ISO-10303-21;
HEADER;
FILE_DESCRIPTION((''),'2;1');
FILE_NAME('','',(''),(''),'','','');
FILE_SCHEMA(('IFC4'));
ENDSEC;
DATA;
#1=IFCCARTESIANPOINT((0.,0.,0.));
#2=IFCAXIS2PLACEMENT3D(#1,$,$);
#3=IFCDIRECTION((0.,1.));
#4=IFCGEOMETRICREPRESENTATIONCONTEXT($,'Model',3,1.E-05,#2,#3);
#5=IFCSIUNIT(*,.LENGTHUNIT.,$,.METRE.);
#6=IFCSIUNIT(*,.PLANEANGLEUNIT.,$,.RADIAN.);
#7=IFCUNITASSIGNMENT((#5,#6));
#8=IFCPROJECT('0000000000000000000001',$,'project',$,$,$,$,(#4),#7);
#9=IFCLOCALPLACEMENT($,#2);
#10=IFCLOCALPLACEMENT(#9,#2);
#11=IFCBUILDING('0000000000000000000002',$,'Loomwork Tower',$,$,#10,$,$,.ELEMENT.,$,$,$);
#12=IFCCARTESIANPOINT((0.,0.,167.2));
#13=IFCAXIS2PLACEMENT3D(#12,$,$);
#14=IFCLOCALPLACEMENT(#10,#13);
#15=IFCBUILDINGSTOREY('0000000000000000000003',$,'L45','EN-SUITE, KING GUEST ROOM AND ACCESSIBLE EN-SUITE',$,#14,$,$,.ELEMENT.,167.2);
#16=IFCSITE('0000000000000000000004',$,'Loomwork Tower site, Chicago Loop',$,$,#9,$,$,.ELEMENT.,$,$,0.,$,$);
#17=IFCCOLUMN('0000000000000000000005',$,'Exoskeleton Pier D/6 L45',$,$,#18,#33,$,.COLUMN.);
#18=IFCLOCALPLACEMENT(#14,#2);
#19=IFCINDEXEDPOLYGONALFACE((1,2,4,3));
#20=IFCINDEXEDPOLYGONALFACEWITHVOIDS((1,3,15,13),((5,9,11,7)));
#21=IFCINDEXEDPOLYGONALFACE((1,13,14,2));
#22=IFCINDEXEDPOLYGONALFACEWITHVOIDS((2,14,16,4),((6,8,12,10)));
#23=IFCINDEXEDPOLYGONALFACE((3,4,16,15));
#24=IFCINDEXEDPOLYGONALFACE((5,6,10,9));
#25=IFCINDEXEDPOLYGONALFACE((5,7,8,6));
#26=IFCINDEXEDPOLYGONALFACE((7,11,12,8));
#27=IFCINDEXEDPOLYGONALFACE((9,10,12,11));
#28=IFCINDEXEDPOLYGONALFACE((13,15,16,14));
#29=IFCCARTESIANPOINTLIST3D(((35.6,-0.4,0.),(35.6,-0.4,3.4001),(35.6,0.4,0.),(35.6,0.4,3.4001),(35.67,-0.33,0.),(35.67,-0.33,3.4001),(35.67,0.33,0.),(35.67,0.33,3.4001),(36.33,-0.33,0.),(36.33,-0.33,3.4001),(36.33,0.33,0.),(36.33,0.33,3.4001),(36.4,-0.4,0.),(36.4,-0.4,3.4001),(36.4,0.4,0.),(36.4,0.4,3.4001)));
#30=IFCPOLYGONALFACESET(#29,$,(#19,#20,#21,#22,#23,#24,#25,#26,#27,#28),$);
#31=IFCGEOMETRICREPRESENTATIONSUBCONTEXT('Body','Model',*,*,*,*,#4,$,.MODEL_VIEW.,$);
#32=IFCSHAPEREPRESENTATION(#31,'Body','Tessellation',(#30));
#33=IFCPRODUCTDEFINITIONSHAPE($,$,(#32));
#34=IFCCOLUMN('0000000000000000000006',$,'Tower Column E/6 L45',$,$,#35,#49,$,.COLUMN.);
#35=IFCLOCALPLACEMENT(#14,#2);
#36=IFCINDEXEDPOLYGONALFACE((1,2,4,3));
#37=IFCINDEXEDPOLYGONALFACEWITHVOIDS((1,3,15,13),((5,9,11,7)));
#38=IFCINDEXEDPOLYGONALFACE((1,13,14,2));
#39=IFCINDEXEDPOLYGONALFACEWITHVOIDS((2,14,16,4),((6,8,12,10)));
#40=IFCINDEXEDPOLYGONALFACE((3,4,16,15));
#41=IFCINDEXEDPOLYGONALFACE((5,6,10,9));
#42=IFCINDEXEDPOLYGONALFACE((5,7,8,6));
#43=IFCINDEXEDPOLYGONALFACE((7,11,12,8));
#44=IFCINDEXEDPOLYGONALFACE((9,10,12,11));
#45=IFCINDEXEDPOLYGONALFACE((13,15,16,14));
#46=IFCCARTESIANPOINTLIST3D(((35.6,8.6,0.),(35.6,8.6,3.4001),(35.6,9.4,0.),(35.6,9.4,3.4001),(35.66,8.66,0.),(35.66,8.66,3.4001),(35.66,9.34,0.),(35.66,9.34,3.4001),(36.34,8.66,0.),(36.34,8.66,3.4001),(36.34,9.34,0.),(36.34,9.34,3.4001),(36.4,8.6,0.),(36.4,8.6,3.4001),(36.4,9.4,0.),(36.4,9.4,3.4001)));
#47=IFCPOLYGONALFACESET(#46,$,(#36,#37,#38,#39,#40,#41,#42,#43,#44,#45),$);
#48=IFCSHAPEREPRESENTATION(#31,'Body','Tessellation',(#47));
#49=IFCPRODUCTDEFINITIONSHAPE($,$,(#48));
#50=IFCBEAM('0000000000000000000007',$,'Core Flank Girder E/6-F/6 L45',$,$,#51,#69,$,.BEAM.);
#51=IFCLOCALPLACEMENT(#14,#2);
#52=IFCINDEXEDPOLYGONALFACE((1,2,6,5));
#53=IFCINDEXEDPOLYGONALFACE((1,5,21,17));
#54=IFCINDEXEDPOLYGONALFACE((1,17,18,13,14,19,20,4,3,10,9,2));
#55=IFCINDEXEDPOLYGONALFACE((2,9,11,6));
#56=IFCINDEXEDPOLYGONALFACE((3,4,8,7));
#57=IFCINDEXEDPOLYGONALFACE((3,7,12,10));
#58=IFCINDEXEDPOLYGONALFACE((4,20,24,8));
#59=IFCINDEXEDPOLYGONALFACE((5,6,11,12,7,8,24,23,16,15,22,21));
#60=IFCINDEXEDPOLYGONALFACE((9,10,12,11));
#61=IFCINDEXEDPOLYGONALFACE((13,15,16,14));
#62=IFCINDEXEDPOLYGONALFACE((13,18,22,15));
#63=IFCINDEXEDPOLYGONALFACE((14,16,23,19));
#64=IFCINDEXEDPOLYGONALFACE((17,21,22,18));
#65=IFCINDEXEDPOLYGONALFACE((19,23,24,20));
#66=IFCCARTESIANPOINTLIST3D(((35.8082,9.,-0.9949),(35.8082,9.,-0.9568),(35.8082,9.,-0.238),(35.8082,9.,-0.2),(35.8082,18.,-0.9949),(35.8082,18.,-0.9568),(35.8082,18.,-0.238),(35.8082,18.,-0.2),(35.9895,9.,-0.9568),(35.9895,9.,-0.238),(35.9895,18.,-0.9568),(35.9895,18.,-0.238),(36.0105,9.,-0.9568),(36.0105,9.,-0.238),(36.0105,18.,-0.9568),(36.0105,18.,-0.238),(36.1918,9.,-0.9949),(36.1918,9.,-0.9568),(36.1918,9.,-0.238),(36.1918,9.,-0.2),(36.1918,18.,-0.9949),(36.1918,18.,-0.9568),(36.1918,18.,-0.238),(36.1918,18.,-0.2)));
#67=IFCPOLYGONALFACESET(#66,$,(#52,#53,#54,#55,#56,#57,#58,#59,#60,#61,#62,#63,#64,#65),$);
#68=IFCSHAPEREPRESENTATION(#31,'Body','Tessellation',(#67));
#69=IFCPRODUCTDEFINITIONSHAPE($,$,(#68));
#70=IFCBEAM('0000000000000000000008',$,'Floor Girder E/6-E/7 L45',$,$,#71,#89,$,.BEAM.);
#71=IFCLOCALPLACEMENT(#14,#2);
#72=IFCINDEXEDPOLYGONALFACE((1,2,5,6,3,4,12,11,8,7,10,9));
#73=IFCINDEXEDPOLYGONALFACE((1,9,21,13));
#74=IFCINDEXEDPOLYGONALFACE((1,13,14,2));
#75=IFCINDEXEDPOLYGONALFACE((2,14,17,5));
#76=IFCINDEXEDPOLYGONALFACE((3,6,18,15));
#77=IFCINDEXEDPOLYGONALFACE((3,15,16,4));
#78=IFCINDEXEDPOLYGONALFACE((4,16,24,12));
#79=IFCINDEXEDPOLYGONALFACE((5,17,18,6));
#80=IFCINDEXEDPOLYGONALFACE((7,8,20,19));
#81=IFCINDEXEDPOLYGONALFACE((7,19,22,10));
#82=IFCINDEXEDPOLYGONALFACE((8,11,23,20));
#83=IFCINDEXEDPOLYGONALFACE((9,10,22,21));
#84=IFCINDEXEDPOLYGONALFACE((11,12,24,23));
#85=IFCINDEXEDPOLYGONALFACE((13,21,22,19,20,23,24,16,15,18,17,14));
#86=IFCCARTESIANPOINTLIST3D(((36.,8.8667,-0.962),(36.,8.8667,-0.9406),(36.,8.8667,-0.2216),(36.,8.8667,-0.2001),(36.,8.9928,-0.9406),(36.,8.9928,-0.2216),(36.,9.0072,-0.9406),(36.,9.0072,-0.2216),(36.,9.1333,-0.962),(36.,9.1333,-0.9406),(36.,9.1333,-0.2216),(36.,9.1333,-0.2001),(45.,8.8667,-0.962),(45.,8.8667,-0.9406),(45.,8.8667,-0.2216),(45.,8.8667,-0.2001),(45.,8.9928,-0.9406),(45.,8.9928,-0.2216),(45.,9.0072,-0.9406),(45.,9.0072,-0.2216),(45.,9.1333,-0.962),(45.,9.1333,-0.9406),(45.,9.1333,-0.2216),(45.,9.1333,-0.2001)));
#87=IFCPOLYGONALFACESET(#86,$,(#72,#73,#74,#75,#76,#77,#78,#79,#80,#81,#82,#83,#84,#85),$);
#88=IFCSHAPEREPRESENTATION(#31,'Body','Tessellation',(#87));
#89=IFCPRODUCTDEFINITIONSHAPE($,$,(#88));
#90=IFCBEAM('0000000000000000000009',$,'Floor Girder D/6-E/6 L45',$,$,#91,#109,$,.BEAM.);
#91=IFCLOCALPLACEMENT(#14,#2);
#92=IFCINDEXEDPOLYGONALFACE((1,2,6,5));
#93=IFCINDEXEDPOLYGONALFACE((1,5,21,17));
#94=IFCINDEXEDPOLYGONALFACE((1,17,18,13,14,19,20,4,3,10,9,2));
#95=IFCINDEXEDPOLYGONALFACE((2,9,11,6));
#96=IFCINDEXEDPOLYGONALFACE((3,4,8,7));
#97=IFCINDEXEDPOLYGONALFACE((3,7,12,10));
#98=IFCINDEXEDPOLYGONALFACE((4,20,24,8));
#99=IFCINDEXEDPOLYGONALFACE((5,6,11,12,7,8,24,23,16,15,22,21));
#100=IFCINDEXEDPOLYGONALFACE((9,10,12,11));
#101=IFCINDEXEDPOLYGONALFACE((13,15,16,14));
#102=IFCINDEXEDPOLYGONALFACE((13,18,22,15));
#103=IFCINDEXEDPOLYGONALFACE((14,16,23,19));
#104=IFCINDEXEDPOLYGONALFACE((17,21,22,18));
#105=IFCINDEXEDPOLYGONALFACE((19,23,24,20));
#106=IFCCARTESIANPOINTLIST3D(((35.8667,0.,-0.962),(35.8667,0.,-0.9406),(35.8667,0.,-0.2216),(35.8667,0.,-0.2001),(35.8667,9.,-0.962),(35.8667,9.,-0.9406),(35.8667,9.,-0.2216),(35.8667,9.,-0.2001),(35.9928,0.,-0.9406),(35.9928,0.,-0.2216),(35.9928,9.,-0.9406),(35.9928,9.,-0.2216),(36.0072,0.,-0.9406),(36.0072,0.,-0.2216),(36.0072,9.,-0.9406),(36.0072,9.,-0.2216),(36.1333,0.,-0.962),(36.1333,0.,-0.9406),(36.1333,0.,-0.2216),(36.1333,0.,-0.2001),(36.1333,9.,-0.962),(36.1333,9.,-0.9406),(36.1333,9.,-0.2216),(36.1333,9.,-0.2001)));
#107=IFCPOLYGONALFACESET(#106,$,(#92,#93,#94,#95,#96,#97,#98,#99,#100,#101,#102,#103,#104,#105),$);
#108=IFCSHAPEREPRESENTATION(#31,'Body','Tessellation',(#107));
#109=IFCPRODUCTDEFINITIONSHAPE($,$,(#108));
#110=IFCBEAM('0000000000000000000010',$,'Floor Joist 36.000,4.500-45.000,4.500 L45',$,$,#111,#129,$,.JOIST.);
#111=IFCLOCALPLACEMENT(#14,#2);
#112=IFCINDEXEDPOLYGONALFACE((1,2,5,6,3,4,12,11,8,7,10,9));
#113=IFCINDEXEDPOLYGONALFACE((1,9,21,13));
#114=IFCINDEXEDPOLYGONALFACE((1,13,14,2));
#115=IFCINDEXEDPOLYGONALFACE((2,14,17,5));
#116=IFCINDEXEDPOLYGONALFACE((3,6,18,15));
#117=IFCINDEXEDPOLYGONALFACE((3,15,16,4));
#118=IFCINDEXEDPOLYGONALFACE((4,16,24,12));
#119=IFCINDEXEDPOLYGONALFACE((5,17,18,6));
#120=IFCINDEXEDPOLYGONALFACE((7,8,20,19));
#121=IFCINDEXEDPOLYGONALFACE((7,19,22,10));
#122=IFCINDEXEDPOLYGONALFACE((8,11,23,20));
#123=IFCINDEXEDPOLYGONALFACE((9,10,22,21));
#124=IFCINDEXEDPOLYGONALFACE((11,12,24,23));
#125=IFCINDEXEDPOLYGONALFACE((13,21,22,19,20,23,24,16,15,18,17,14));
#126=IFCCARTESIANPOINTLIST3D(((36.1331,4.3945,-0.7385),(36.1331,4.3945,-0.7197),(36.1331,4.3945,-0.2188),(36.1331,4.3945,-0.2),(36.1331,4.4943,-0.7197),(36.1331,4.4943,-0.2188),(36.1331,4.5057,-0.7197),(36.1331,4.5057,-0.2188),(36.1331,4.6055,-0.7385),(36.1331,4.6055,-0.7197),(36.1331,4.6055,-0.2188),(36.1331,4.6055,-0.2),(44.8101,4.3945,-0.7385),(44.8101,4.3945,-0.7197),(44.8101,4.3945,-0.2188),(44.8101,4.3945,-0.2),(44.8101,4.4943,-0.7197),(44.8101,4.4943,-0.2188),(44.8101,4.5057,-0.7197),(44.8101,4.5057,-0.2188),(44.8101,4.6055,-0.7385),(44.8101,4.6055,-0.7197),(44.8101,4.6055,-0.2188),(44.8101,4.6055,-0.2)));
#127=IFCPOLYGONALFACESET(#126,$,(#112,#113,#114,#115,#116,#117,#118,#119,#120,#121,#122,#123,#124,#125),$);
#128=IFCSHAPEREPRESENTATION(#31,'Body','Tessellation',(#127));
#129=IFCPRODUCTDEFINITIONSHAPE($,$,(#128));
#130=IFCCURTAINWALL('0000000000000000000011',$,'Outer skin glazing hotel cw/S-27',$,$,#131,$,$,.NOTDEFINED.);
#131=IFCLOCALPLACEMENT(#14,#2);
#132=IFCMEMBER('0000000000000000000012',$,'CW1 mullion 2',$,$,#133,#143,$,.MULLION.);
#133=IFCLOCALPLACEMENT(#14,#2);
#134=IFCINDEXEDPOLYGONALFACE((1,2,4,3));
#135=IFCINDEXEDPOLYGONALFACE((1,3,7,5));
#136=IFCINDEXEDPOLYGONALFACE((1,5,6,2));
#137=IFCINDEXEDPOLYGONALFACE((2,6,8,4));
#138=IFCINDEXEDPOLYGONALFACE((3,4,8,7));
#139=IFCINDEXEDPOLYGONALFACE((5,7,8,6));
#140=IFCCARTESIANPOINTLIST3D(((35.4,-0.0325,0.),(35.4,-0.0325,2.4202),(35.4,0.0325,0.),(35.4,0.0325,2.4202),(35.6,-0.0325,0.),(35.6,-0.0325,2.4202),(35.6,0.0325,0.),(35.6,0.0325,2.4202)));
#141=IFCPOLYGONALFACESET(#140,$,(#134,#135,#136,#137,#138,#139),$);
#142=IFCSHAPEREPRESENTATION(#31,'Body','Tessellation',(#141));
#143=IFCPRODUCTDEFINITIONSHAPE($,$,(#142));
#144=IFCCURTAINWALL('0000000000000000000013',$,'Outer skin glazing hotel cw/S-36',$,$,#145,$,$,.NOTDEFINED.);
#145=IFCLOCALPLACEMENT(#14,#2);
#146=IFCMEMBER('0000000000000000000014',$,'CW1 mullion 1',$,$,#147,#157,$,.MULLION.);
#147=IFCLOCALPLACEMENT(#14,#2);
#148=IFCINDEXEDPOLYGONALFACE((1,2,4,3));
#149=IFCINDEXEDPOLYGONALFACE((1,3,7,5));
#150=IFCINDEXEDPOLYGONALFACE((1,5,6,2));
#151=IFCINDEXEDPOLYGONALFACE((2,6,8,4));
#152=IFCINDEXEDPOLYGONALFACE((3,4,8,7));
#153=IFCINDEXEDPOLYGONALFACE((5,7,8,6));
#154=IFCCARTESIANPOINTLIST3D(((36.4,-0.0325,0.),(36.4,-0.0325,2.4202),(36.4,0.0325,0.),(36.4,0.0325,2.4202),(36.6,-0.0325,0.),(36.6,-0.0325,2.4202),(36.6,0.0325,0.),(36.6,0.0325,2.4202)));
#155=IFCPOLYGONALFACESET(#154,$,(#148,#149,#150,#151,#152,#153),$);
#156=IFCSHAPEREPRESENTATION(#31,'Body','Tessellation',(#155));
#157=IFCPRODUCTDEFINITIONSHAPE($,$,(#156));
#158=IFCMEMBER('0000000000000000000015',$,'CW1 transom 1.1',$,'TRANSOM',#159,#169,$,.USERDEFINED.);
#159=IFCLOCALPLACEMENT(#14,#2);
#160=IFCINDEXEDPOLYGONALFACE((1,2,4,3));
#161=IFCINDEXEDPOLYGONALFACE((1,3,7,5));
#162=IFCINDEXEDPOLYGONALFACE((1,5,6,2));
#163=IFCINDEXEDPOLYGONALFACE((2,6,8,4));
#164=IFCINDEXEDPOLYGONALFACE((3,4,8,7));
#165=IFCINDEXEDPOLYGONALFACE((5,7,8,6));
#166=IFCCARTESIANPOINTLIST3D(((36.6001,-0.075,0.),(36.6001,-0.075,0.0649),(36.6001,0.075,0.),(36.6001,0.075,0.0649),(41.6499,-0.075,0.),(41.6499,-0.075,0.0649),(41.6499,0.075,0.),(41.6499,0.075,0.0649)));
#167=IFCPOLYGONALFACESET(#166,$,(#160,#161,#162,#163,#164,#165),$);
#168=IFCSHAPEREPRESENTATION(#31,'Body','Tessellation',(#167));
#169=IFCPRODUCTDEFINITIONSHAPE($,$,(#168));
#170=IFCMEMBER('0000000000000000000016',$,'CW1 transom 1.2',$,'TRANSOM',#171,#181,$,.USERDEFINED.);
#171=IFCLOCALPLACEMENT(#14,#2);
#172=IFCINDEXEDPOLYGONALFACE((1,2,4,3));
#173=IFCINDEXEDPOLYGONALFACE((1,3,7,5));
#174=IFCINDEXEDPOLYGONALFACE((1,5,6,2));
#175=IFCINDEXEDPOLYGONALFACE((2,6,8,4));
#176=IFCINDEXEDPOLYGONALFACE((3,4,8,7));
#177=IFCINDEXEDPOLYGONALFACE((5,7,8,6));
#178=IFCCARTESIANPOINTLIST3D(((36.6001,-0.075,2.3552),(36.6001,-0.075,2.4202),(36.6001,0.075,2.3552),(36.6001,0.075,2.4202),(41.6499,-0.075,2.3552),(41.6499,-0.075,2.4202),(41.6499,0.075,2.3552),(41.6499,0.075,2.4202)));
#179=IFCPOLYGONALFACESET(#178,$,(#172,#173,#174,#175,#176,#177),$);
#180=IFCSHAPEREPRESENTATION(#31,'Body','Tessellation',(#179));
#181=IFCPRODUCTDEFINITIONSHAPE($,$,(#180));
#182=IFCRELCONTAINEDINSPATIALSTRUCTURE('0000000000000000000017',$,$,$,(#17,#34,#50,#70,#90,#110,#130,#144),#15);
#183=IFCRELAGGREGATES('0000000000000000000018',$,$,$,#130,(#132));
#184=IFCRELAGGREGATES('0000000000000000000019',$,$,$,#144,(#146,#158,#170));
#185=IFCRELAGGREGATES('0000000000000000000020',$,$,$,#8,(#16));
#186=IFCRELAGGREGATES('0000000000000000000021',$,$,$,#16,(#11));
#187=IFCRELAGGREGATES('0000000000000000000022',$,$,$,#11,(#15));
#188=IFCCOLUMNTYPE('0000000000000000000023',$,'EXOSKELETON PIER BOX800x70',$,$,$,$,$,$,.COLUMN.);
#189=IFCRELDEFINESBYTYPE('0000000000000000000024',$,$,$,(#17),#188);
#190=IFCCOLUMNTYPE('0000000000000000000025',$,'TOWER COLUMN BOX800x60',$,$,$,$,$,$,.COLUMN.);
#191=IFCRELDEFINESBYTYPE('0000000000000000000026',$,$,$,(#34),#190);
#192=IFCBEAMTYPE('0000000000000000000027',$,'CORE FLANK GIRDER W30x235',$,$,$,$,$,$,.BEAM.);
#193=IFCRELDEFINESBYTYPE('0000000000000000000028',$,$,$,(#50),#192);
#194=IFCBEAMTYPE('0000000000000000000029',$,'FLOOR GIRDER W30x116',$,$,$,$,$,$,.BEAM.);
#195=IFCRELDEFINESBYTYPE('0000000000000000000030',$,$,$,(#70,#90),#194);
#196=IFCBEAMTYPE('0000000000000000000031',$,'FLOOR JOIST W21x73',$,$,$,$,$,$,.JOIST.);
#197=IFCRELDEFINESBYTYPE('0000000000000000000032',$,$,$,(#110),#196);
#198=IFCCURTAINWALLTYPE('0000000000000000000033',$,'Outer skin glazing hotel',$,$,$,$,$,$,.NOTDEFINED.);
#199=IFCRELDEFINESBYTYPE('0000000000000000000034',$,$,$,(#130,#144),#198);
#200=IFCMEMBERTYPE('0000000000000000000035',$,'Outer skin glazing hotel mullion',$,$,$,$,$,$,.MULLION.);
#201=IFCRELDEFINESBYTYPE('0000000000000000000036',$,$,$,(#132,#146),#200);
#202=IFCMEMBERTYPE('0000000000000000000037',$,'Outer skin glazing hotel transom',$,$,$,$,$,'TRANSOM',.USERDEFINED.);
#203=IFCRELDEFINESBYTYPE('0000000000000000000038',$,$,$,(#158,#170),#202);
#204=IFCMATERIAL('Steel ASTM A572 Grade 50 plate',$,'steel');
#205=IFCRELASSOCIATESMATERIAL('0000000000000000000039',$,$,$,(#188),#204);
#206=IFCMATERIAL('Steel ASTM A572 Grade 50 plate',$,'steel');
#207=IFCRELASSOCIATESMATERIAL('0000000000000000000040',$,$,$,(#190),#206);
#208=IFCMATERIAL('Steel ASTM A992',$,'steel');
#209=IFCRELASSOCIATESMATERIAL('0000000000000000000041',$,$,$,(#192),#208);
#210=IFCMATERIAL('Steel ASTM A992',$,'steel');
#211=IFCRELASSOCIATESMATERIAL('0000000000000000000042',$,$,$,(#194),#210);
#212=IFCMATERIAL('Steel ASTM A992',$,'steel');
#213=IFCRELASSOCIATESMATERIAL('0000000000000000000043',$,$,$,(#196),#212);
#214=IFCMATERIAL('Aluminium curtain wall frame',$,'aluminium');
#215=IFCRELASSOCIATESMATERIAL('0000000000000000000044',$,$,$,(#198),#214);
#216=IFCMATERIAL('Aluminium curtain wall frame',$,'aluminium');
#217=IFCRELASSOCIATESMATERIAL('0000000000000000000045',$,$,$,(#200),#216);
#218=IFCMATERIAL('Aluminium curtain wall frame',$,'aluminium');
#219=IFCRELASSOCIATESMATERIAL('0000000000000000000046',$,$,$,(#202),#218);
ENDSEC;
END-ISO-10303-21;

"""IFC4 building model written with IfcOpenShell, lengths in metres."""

from ifc_helpers import new_model, si_unit, direction, frame, origin, origin_2d, place, context, subcontext, project, spatial, rectangle, hollow_rectangle, i_section, extrude, material, material_profile, profile_set, type_object, element, aggregate, save


model = new_model("IFC4")

# Units and contexts
model_context = context("Model", 3, precision=1e-05, world=origin(), true_north=direction((0.0, 1.0)))
body_context = subcontext(model_context, "Body", "Model", "MODEL_VIEW")
ifc_project = project(units=[si_unit("LENGTHUNIT", "METRE"), si_unit("PLANEANGLEUNIT", "RADIAN")], contexts=[model_context])

# Site, building, storey
site_placement = place(None, origin())
site = spatial("IfcSite", under=ifc_project, at=site_placement, Name="Loomwork Tower site, Chicago Loop", CompositionType="ELEMENT", RefElevation=0.0)
building_placement = place(site_placement, origin())
building = spatial("IfcBuilding", under=site, at=building_placement, Name="Loomwork Tower", CompositionType="ELEMENT")
storey_placement = place(building_placement, frame((0.0, 0.0, 167.2)))
storey = spatial("IfcBuildingStorey", under=building, at=storey_placement, Name="L45", Description="EN-SUITE, KING GUEST ROOM AND ACCESSIBLE EN-SUITE", CompositionType="ELEMENT", Elevation=167.2)

# Columns
ifc_material_1 = material(Name="Steel ASTM A572 Grade 50 plate", Category="steel")
ifc_material_profile_1 = material_profile(ifc_material_1, hollow_rectangle(XDim=0.8, YDim=0.8, WallThickness=0.0701, at=origin_2d()), Name="BOX800x70")
ifc_profile_set_1 = profile_set([ifc_material_profile_1], Name="Steel ASTM A572 Grade 50 plate")
column_type_1 = type_object("IfcColumnType", Name="EXOSKELETON PIER BOX800x70", PredefinedType="COLUMN", material=ifc_profile_set_1)
column_1_placement = place(storey_placement, frame((36.0, 0.0, 0.0), z_axis=(0.0, 0.0, 1.0), x_axis=(1.0, 0.0, 0.0)))
element("IfcColumn", 1, at=column_1_placement, inside=storey, type_object=column_type_1, Name="Exoskeleton Pier D/6 L45", PredefinedType="COLUMN", context=body_context, shape_type="SweptSolid", body=[
    extrude(hollow_rectangle(XDim=0.8, YDim=0.8, WallThickness=0.0701, at=origin_2d()), origin(), (0.0, 0.0, 1.0), 3.4001),
])
ifc_material_2 = material(Name="Steel ASTM A572 Grade 50 plate", Category="steel")
ifc_material_profile_2 = material_profile(ifc_material_2, hollow_rectangle(XDim=0.8, YDim=0.8, WallThickness=0.0601, at=origin_2d()), Name="BOX800x60")
ifc_profile_set_2 = profile_set([ifc_material_profile_2], Name="Steel ASTM A572 Grade 50 plate")
column_type_2 = type_object("IfcColumnType", Name="TOWER COLUMN BOX800x60", PredefinedType="COLUMN", material=ifc_profile_set_2)
column_2_placement = place(storey_placement, frame((36.0, 9.0, 0.0), z_axis=(0.0, 0.0, 1.0), x_axis=(0.0, 1.0, 0.0)))
element("IfcColumn", 2, at=column_2_placement, inside=storey, type_object=column_type_2, Name="Tower Column E/6 L45", PredefinedType="COLUMN", context=body_context, shape_type="SweptSolid", body=[
    extrude(hollow_rectangle(XDim=0.8, YDim=0.8, WallThickness=0.0601, at=origin_2d()), origin(), (0.0, 0.0, 1.0), 3.4001),
])

# Beams
ifc_material_3 = material(Name="Steel ASTM A992", Category="steel")
ifc_material_profile_3 = material_profile(ifc_material_3, i_section(OverallWidth=0.3835, OverallDepth=0.7949, WebThickness=0.021, FlangeThickness=0.0381, at=origin_2d()), Name="W30x235")
ifc_profile_set_3 = profile_set([ifc_material_profile_3], Name="Steel ASTM A992")
beam_type_1 = type_object("IfcBeamType", Name="CORE FLANK GIRDER W30x235", PredefinedType="BEAM", material=ifc_profile_set_3)
beam_1_placement = place(storey_placement, frame((36.0, 9.0, -0.5974), z_axis=(0.0, 1.0, 0.0), x_axis=(-1.0, 0.0, 0.0)))
element("IfcBeam", 3, at=beam_1_placement, inside=storey, type_object=beam_type_1, Name="Core Flank Girder E/6-F/6 L45", PredefinedType="BEAM", context=body_context, shape_type="SweptSolid", body=[
    extrude(i_section(OverallWidth=0.3835, OverallDepth=0.7949, WebThickness=0.021, FlangeThickness=0.0381, at=origin_2d()), origin(), (0.0, 0.0, 1.0), 9.0),
])
ifc_material_4 = material(Name="Steel ASTM A992", Category="steel")
ifc_material_profile_4 = material_profile(ifc_material_4, i_section(OverallWidth=0.2666, OverallDepth=0.762, WebThickness=0.0144, FlangeThickness=0.0215, at=origin_2d()), Name="W30x116")
ifc_profile_set_4 = profile_set([ifc_material_profile_4], Name="Steel ASTM A992")
beam_type_2 = type_object("IfcBeamType", Name="FLOOR GIRDER W30x116", PredefinedType="BEAM", material=ifc_profile_set_4)
for number, where, z_axis, x_axis, name in (
    (4, (36.0, 9.0, -0.5811), (1.0, 0.0, 0.0), (0.0, 1.0, 0.0), "Floor Girder E/6-E/7 L45"),
    (5, (36.0, 0.0, -0.5811), (0.0, 1.0, 0.0), (-1.0, 0.0, 0.0), "Floor Girder D/6-E/6 L45"),
):
    element("IfcBeam", number, at=place(storey_placement, frame(where, z_axis=z_axis, x_axis=x_axis)), inside=storey, type_object=beam_type_2, Name=name, PredefinedType="BEAM", context=body_context, shape_type="SweptSolid", body=[
        extrude(i_section(OverallWidth=0.2666, OverallDepth=0.762, WebThickness=0.0144, FlangeThickness=0.0215, at=origin_2d()), origin(), (0.0, 0.0, 1.0), 9.0),
    ])
ifc_material_5 = material(Name="Steel ASTM A992", Category="steel")
ifc_material_profile_5 = material_profile(ifc_material_5, i_section(OverallWidth=0.2109, OverallDepth=0.5386, WebThickness=0.0115, FlangeThickness=0.0188, at=origin_2d()), Name="W21x73")
ifc_profile_set_5 = profile_set([ifc_material_profile_5], Name="Steel ASTM A992")
beam_type_3 = type_object("IfcBeamType", Name="FLOOR JOIST W21x73", PredefinedType="JOIST", material=ifc_profile_set_5)
beam_2_placement = place(storey_placement, frame((36.1331, 4.5, -0.4692), z_axis=(1.0, 0.0, 0.0), x_axis=(0.0, 1.0, 0.0)))
element("IfcBeam", 6, at=beam_2_placement, inside=storey, type_object=beam_type_3, Name="Floor Joist 36.000,4.500-45.000,4.500 L45", PredefinedType="JOIST", context=body_context, shape_type="SweptSolid", body=[
    extrude(i_section(OverallWidth=0.2109, OverallDepth=0.5386, WebThickness=0.0115, FlangeThickness=0.0188, at=origin_2d()), origin(), (0.0, 0.0, 1.0), 8.677),
])

# Curtain wall, member
ifc_material_6 = material(Name="Aluminium curtain wall frame", Category="aluminium")
curtain_wall_type = type_object("IfcCurtainWallType", Name="Outer skin glazing hotel", PredefinedType="NOTDEFINED", material=ifc_material_6)
curtain_wall_1_placement = place(storey_placement, origin())
curtain_wall_1 = element("IfcCurtainWall", 7, at=curtain_wall_1_placement, inside=storey, type_object=curtain_wall_type, Name="Outer skin glazing hotel cw/S-27", PredefinedType="NOTDEFINED")
ifc_material_7 = material(Name="Aluminium curtain wall frame", Category="aluminium")
ifc_material_profile_6 = material_profile(ifc_material_7, rectangle(XDim=0.0649, YDim=0.2, at=origin_2d()), Name="AL 65x200")
ifc_profile_set_6 = profile_set([ifc_material_profile_6], Name="Aluminium curtain wall frame")
member_type_1 = type_object("IfcMemberType", Name="Outer skin glazing hotel mullion", PredefinedType="MULLION", material=ifc_profile_set_6)
member_1_placement = place(storey_placement, frame((35.5, 0.0, 0.0), z_axis=(0.0, 0.0, 1.0), x_axis=(0.0, 1.0, 0.0)))
member_1 = element("IfcMember", 8, at=member_1_placement, type_object=member_type_1, Name="CW1 mullion 2", PredefinedType="MULLION", context=body_context, shape_type="SweptSolid", body=[
    extrude(rectangle(XDim=0.0649, YDim=0.2, at=origin_2d()), origin(), (0.0, 0.0, 1.0), 2.4202),
])
aggregate(curtain_wall_1, [member_1])

# Curtain wall, members
curtain_wall_2_placement = place(storey_placement, origin())
curtain_wall_2 = element("IfcCurtainWall", 9, at=curtain_wall_2_placement, inside=storey, type_object=curtain_wall_type, Name="Outer skin glazing hotel cw/S-36", PredefinedType="NOTDEFINED")
member_2_placement = place(storey_placement, frame((36.5, 0.0, 0.0), z_axis=(0.0, 0.0, 1.0), x_axis=(0.0, 1.0, 0.0)))
member_2 = element("IfcMember", 10, at=member_2_placement, type_object=member_type_1, Name="CW1 mullion 1", PredefinedType="MULLION", context=body_context, shape_type="SweptSolid", body=[
    extrude(rectangle(XDim=0.0649, YDim=0.2, at=origin_2d()), origin(), (0.0, 0.0, 1.0), 2.4202),
])
ifc_material_8 = material(Name="Aluminium curtain wall frame", Category="aluminium")
ifc_material_profile_7 = material_profile(ifc_material_8, rectangle(XDim=0.1499, YDim=0.0649, at=origin_2d()), Name="AL 65x150")
ifc_profile_set_7 = profile_set([ifc_material_profile_7], Name="Aluminium curtain wall frame")
member_type_2 = type_object("IfcMemberType", Name="Outer skin glazing hotel transom", ElementType="TRANSOM", PredefinedType="USERDEFINED", material=ifc_profile_set_7)
member_3_placement = place(storey_placement, frame((36.6001, 0.0, 0.0325), z_axis=(1.0, 0.0, 0.0), x_axis=(0.0, 1.0, 0.0)))
member_3 = element("IfcMember", 11, at=member_3_placement, type_object=member_type_2, Name="CW1 transom 1.1", ObjectType="TRANSOM", PredefinedType="USERDEFINED", context=body_context, shape_type="SweptSolid", body=[
    extrude(rectangle(XDim=0.1499, YDim=0.0649, at=origin_2d()), origin(), (0.0, 0.0, 1.0), 5.0498),
])
member_4_placement = place(storey_placement, frame((36.6001, 0.0, 2.3877), z_axis=(1.0, 0.0, 0.0), x_axis=(0.0, 1.0, 0.0)))
member_4 = element("IfcMember", 12, at=member_4_placement, type_object=member_type_2, Name="CW1 transom 1.2", ObjectType="TRANSOM", PredefinedType="USERDEFINED", context=body_context, shape_type="SweptSolid", body=[
    extrude(rectangle(XDim=0.1499, YDim=0.0649, at=origin_2d()), origin(), (0.0, 0.0, 1.0), 5.0498),
])

aggregate(curtain_wall_2, [member_2, member_3, member_4])

save(model, "model.ifc")
